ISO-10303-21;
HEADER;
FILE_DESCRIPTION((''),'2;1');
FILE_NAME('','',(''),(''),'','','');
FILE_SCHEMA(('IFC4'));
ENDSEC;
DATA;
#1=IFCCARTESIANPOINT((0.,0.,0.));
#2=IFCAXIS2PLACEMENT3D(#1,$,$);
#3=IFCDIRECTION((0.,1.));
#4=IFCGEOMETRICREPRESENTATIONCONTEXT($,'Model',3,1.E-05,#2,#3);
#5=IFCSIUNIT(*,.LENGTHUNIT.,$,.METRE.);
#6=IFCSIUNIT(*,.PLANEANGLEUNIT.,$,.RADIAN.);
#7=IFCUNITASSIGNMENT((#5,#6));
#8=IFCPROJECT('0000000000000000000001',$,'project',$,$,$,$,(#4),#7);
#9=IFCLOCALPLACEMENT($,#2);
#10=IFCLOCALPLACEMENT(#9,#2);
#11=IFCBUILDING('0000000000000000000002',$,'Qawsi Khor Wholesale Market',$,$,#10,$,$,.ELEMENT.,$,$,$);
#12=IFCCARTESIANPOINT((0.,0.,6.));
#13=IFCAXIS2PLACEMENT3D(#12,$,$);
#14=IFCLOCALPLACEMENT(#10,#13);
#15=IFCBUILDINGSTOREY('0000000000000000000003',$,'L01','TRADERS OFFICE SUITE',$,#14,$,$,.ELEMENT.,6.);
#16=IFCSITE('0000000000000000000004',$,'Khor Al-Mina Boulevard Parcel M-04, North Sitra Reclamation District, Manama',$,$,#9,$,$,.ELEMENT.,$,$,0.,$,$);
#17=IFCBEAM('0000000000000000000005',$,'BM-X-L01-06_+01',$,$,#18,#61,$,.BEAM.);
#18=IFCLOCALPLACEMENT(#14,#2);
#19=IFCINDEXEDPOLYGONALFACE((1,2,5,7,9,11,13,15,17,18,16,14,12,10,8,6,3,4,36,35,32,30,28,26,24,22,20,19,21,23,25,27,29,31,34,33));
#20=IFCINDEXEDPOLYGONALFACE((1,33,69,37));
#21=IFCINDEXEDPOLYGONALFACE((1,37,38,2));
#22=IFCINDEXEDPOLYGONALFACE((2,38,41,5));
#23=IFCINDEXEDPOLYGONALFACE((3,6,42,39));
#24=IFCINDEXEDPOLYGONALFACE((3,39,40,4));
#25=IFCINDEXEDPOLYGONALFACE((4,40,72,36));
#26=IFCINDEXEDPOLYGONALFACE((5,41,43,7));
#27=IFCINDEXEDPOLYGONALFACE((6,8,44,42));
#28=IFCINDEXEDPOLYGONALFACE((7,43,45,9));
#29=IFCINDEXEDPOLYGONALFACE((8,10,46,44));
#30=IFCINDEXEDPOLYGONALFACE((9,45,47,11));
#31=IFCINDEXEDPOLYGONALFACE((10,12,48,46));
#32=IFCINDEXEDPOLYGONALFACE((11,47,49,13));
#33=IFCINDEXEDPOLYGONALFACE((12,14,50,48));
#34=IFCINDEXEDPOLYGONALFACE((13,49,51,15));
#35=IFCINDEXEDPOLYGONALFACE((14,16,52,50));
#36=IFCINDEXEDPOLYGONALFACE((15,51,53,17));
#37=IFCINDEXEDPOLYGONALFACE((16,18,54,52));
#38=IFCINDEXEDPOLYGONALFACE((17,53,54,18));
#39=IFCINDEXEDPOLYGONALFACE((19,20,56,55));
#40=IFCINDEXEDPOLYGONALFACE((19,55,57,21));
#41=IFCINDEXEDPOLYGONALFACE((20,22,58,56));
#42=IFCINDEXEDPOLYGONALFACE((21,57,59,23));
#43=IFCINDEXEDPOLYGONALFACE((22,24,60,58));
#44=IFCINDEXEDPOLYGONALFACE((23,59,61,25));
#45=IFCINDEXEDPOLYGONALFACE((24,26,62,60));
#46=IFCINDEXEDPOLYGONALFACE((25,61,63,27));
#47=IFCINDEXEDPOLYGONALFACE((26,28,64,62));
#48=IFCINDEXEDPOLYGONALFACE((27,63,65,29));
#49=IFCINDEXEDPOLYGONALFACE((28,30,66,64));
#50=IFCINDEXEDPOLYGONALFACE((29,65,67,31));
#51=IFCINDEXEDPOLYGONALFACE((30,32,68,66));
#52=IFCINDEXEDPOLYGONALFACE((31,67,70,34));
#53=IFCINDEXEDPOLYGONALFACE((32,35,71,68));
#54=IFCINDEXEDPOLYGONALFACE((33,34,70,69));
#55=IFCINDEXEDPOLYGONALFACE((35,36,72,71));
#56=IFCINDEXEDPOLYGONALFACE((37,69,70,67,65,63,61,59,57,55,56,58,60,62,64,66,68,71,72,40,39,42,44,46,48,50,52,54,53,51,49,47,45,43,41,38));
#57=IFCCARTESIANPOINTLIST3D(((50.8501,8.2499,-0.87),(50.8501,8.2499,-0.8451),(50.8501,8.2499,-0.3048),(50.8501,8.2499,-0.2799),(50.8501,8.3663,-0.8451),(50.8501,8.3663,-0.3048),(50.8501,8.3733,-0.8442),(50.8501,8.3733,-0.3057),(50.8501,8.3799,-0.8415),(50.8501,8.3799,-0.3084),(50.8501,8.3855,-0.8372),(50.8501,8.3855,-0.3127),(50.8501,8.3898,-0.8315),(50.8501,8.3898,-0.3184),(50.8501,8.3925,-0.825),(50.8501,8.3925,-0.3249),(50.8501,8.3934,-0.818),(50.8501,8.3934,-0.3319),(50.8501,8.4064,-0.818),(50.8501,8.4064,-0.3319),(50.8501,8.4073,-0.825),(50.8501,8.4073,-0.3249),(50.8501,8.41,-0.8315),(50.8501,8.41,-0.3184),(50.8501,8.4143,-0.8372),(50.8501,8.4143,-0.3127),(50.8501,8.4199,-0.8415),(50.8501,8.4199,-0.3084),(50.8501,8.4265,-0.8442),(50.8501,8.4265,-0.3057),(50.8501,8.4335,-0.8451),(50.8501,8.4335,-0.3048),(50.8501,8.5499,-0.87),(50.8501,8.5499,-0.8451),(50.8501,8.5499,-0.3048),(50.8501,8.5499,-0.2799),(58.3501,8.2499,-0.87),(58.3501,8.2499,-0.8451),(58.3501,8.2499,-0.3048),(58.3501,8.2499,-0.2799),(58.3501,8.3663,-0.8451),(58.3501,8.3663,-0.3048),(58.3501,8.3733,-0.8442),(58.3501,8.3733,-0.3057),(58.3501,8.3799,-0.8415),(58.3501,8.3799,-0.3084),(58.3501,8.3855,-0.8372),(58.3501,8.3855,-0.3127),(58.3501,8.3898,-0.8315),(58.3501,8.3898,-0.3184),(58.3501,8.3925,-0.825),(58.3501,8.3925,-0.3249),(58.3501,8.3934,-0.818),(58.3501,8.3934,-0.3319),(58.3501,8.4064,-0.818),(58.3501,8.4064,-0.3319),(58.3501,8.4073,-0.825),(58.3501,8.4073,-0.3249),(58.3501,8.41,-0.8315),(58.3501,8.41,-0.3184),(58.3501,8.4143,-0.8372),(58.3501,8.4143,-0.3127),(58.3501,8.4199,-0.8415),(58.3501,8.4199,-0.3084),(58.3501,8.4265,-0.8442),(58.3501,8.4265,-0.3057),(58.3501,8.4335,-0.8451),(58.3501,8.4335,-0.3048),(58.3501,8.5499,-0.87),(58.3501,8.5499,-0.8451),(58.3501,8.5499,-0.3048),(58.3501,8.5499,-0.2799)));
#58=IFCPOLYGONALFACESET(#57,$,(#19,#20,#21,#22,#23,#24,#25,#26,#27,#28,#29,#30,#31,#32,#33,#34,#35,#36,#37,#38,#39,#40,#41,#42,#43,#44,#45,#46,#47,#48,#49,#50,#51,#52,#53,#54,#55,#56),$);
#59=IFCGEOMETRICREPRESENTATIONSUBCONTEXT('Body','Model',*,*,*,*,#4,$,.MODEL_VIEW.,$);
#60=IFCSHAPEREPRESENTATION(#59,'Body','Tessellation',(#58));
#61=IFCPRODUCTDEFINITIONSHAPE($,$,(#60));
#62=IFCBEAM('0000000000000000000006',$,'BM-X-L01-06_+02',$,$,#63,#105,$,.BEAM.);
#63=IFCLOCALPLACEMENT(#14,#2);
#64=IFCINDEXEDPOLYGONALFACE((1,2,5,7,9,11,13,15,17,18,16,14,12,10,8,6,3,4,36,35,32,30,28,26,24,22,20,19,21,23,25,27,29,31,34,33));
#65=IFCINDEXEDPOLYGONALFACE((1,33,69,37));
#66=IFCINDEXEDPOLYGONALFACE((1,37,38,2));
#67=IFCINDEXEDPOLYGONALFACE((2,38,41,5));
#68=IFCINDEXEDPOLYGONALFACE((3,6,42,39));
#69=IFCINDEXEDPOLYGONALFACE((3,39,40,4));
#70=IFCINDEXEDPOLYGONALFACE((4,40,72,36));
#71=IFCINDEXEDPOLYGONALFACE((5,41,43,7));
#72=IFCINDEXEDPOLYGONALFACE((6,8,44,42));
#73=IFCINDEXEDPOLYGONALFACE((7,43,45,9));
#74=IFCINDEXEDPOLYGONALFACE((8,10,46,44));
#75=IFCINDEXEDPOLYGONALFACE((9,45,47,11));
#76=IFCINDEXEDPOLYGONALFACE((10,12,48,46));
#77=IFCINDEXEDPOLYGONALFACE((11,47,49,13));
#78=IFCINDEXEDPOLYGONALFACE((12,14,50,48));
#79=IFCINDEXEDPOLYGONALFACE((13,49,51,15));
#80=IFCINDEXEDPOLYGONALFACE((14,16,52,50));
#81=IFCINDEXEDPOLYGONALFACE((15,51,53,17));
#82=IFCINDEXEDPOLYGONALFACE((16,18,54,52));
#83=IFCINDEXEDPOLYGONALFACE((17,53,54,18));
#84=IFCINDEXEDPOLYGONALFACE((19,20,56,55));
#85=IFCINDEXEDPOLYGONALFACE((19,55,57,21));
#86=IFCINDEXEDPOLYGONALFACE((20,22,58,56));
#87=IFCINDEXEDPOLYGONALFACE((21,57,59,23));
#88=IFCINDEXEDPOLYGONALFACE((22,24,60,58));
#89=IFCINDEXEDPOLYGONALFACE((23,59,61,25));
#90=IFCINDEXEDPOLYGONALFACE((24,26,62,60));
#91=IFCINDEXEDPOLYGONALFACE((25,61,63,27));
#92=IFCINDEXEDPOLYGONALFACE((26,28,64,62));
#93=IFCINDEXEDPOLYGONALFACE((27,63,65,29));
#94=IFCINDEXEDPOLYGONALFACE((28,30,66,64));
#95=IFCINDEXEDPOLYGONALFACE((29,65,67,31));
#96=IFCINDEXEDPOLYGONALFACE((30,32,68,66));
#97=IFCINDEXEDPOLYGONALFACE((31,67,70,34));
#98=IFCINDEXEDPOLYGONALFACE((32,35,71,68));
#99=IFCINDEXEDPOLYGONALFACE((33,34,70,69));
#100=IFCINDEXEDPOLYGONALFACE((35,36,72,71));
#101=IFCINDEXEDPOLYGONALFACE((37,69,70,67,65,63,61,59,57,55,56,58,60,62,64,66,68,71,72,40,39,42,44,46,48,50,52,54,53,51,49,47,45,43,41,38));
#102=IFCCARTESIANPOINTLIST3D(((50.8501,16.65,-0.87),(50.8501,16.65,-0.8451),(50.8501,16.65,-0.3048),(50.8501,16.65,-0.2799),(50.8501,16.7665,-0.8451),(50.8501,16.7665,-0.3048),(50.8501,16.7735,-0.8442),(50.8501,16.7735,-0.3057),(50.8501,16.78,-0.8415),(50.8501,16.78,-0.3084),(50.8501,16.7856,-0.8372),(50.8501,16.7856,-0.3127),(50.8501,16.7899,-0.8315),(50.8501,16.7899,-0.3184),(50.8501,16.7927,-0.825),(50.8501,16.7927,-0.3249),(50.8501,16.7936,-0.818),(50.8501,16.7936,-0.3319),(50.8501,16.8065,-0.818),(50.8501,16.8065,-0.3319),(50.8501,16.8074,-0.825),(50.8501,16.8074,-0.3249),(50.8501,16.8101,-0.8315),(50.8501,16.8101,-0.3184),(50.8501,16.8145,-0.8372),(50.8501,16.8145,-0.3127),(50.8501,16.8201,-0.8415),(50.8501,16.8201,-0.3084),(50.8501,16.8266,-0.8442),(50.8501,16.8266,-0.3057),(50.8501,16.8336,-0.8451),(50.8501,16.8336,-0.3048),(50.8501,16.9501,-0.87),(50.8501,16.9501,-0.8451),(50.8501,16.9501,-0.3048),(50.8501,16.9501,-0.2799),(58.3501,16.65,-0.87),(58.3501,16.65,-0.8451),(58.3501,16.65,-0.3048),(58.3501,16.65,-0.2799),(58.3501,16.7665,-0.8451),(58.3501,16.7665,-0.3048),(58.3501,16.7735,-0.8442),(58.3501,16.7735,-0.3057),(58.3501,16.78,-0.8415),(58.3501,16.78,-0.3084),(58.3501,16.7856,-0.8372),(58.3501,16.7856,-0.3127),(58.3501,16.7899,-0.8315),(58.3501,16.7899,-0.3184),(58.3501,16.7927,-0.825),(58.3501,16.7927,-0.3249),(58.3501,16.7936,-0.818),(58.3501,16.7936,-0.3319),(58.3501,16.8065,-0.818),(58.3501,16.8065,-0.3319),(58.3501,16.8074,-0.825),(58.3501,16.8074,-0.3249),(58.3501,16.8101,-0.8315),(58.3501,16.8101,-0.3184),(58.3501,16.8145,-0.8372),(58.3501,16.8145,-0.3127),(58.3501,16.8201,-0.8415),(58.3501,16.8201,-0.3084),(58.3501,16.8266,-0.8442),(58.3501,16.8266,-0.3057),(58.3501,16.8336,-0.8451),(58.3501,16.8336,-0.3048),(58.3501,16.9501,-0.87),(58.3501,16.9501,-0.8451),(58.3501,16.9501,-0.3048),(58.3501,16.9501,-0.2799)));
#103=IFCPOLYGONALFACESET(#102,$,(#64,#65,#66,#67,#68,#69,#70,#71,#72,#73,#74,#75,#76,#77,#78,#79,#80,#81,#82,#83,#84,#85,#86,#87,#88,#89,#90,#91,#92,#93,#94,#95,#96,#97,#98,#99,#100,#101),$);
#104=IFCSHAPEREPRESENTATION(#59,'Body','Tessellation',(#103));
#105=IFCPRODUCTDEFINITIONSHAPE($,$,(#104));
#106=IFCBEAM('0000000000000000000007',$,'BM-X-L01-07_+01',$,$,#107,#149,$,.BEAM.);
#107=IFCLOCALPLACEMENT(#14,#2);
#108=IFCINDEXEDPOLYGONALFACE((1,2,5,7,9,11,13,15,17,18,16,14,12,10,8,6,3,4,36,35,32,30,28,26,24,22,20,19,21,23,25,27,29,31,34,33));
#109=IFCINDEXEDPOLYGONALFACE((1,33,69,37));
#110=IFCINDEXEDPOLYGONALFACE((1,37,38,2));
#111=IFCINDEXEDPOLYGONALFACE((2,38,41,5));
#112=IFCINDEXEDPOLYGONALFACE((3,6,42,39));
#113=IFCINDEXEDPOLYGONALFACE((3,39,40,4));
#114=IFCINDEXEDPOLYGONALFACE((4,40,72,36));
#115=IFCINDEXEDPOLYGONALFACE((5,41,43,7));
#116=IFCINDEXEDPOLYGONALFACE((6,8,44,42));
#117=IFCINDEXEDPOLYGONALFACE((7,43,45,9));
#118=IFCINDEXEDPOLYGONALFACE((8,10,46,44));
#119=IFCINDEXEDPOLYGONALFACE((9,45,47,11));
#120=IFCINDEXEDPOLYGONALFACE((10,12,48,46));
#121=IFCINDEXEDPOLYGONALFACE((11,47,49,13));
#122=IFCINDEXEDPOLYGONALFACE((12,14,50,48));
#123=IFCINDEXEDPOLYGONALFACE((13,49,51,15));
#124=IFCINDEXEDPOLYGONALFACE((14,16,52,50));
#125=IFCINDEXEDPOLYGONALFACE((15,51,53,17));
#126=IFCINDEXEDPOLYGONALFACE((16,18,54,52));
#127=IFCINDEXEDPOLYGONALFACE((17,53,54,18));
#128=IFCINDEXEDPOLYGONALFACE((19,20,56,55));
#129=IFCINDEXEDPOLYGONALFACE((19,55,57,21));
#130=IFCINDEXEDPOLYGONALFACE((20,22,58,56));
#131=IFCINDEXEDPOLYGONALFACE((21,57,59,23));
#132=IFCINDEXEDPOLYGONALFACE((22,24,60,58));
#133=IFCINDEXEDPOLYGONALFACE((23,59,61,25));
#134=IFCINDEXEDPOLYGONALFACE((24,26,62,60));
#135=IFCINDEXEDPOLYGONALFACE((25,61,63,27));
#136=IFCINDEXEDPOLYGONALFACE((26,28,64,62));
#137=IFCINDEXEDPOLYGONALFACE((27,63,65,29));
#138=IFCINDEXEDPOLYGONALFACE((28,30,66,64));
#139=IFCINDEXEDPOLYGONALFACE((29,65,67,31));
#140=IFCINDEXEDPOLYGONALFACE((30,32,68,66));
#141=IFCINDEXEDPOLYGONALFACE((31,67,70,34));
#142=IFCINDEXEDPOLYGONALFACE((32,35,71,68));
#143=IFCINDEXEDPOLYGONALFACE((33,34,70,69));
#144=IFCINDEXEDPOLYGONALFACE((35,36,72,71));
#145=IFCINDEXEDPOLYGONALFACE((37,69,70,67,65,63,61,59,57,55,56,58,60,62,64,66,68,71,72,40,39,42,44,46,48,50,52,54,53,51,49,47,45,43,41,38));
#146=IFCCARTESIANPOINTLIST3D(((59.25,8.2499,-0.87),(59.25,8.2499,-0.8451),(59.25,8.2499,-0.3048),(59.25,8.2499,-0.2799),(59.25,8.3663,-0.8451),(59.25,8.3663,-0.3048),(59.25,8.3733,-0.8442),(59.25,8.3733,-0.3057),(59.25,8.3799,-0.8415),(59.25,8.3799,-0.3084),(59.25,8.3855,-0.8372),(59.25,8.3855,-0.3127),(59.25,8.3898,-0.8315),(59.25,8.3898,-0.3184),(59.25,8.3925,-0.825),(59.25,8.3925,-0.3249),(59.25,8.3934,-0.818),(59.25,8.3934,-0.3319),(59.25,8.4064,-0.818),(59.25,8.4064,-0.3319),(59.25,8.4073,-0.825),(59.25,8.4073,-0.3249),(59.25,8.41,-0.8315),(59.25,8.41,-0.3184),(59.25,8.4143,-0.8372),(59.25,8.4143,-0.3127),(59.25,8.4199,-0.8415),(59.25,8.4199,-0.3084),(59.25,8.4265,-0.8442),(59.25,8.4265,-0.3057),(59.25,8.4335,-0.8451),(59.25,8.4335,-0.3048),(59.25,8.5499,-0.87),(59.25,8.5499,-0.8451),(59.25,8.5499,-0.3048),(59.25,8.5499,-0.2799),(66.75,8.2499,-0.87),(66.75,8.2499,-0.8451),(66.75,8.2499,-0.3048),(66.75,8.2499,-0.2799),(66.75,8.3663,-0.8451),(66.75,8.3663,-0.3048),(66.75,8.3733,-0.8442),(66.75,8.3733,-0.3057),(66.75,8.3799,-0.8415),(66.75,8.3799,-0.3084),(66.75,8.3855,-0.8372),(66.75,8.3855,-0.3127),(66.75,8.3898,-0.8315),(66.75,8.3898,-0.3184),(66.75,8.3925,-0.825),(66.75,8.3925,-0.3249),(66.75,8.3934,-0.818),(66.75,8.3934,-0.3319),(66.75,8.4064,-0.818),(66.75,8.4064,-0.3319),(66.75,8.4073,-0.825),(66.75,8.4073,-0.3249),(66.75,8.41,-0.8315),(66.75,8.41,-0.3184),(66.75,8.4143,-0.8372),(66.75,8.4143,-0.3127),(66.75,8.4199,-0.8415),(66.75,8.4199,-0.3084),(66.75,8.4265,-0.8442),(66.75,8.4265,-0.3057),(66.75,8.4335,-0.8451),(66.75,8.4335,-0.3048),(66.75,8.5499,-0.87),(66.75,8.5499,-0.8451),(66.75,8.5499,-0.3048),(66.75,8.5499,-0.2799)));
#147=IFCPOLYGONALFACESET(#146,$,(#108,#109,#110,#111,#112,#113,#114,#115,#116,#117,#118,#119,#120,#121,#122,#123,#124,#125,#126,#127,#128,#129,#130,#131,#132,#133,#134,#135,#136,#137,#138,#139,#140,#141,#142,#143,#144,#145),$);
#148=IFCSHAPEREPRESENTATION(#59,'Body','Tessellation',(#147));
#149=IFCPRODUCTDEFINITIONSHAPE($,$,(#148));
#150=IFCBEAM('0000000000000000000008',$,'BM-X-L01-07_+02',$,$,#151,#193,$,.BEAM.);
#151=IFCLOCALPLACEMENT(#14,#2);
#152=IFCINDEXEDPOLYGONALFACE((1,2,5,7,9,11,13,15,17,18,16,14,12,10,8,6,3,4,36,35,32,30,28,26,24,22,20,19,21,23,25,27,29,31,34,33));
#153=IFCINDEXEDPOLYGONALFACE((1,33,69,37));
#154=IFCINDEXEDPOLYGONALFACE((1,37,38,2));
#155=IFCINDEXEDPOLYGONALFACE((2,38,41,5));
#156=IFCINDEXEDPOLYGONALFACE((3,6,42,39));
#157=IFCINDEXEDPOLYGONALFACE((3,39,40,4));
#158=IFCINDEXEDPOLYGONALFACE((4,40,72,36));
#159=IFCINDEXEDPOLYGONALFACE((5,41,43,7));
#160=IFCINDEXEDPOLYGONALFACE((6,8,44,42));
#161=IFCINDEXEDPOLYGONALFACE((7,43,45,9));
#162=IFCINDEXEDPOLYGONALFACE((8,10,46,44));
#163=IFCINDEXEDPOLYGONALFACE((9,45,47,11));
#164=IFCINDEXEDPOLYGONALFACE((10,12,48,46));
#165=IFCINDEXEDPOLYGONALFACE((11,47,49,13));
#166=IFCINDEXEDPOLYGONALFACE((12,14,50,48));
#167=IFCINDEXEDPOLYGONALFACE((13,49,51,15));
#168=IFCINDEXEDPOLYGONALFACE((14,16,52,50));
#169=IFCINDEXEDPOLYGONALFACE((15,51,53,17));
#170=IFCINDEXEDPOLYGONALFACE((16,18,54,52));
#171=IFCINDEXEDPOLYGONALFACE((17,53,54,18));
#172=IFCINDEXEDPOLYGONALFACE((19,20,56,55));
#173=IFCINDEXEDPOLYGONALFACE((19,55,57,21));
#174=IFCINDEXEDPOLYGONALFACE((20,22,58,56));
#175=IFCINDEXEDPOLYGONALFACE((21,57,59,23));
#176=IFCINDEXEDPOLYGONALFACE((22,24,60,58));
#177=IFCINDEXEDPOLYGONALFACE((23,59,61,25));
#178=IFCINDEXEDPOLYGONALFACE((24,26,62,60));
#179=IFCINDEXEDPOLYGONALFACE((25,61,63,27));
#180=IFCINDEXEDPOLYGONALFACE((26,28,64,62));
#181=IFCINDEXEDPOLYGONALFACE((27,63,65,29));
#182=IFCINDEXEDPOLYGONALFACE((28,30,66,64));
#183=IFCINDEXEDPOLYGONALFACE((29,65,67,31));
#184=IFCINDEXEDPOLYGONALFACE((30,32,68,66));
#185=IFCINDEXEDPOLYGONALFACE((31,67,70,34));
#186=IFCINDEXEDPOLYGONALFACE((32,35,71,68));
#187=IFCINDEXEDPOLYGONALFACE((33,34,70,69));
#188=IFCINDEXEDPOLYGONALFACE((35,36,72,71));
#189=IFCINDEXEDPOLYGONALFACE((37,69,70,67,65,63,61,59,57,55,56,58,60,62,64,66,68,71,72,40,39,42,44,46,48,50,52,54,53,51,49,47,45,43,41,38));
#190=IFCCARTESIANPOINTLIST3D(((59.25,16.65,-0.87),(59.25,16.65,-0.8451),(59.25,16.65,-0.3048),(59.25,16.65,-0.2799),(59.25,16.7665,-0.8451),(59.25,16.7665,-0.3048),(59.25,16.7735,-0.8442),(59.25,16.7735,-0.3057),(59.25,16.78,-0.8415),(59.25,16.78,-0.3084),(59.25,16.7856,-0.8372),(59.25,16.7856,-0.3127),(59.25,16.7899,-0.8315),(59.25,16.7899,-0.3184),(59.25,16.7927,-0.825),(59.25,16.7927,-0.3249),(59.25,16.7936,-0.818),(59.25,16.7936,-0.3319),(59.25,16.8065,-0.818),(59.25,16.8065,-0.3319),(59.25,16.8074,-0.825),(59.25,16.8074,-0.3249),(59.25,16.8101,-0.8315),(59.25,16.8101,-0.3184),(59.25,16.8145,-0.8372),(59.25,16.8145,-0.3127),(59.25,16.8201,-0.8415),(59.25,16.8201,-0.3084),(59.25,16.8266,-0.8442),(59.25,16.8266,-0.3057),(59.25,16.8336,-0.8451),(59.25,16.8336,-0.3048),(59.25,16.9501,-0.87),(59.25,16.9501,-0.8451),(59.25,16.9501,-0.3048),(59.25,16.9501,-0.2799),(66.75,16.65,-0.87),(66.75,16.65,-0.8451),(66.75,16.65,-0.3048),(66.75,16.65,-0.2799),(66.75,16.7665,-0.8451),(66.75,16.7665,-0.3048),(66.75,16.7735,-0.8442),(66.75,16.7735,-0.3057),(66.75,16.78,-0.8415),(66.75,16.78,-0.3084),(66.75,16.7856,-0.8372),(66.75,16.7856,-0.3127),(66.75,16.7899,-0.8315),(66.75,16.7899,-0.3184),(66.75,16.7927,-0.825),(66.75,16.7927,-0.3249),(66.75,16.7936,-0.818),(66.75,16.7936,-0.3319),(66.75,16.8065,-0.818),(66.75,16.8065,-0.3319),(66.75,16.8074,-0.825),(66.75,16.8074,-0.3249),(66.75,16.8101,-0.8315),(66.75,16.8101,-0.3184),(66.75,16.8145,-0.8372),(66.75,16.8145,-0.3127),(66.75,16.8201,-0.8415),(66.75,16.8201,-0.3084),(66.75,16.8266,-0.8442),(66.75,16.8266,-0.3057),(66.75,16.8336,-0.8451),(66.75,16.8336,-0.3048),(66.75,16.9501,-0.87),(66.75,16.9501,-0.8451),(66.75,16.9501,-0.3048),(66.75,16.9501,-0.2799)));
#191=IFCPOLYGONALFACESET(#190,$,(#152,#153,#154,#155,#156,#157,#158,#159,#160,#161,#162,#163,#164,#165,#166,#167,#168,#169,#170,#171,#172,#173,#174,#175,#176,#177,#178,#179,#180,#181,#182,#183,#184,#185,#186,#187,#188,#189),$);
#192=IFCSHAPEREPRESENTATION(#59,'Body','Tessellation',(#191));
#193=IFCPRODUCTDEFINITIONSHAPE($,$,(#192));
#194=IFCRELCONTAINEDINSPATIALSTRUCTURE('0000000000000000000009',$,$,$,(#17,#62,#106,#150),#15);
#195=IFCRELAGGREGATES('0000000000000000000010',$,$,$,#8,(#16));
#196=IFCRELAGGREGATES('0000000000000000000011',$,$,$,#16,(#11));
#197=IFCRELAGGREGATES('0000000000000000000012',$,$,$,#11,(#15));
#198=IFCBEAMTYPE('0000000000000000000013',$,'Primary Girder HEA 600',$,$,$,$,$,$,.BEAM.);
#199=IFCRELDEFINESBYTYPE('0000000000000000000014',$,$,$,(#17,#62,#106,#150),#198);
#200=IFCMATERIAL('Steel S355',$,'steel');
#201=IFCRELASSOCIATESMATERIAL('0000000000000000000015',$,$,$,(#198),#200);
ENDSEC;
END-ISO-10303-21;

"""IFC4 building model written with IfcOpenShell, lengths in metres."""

from ifc_helpers import new_model, si_unit, direction, frame, origin, origin_2d, place, context, subcontext, project, spatial, i_section, extrude, material, material_profile, profile_set, type_object, element, save


model = new_model("IFC4")

# Units and contexts
model_context = context("Model", 3, precision=1e-05, world=origin(), true_north=direction((0.0, 1.0)))
body_context = subcontext(model_context, "Body", "Model", "MODEL_VIEW")
ifc_project = project(units=[si_unit("LENGTHUNIT", "METRE"), si_unit("PLANEANGLEUNIT", "RADIAN")], contexts=[model_context])

# Site, building, storey
site_placement = place(None, origin())
site = spatial("IfcSite", under=ifc_project, at=site_placement, Name="Khor Al-Mina Boulevard Parcel M-04, North Sitra Reclamation District, Manama", CompositionType="ELEMENT", RefElevation=0.0)
building_placement = place(site_placement, origin())
building = spatial("IfcBuilding", under=site, at=building_placement, Name="Qawsi Khor Wholesale Market", CompositionType="ELEMENT")
storey_placement = place(building_placement, frame((0.0, 0.0, 6.0)))
storey = spatial("IfcBuildingStorey", under=building, at=storey_placement, Name="L01", Description="TRADERS OFFICE SUITE", CompositionType="ELEMENT", Elevation=6.0)

# Beams
ifc_material_1 = material(Name="Steel S355", Category="steel")
ifc_material_profile_1 = material_profile(ifc_material_1, i_section(OverallWidth=0.3, OverallDepth=0.5901, WebThickness=0.0129, FlangeThickness=0.0249, FilletRadius=0.0271, at=origin_2d()), Name="HEA 600")
ifc_profile_set_1 = profile_set([ifc_material_profile_1], Name="Steel S355")
beam_type_1 = type_object("IfcBeamType", Name="Primary Girder HEA 600", PredefinedType="BEAM", material=ifc_profile_set_1)
for number, where, z_axis, x_axis, name in (
    (1, (50.8501, 8.3999, -0.575), (1.0, 0.0, 0.0), (0.0, 1.0, 0.0), "BM-X-L01-06_+01"),
    (2, (50.8501, 16.8, -0.575), (1.0, 0.0, 0.0), (0.0, 1.0, 0.0), "BM-X-L01-06_+02"),
    (3, (59.25, 8.3999, -0.575), (1.0, 0.0, 0.0), (0.0, 1.0, 0.0), "BM-X-L01-07_+01"),
    (4, (59.25, 16.8, -0.575), (1.0, 0.0, 0.0), (0.0, 1.0, 0.0), "BM-X-L01-07_+02"),
):
    element("IfcBeam", number, at=place(storey_placement, frame(where, z_axis=z_axis, x_axis=x_axis)), inside=storey, type_object=beam_type_1, Name=name, PredefinedType="BEAM", context=body_context, shape_type="SweptSolid", body=[
        extrude(i_section(OverallWidth=0.3, OverallDepth=0.5901, WebThickness=0.0129, FlangeThickness=0.0249, FilletRadius=0.0271, at=origin_2d()), origin(), (0.0, 0.0, 1.0), 7.5),
    ])

save(model, "model.ifc")
